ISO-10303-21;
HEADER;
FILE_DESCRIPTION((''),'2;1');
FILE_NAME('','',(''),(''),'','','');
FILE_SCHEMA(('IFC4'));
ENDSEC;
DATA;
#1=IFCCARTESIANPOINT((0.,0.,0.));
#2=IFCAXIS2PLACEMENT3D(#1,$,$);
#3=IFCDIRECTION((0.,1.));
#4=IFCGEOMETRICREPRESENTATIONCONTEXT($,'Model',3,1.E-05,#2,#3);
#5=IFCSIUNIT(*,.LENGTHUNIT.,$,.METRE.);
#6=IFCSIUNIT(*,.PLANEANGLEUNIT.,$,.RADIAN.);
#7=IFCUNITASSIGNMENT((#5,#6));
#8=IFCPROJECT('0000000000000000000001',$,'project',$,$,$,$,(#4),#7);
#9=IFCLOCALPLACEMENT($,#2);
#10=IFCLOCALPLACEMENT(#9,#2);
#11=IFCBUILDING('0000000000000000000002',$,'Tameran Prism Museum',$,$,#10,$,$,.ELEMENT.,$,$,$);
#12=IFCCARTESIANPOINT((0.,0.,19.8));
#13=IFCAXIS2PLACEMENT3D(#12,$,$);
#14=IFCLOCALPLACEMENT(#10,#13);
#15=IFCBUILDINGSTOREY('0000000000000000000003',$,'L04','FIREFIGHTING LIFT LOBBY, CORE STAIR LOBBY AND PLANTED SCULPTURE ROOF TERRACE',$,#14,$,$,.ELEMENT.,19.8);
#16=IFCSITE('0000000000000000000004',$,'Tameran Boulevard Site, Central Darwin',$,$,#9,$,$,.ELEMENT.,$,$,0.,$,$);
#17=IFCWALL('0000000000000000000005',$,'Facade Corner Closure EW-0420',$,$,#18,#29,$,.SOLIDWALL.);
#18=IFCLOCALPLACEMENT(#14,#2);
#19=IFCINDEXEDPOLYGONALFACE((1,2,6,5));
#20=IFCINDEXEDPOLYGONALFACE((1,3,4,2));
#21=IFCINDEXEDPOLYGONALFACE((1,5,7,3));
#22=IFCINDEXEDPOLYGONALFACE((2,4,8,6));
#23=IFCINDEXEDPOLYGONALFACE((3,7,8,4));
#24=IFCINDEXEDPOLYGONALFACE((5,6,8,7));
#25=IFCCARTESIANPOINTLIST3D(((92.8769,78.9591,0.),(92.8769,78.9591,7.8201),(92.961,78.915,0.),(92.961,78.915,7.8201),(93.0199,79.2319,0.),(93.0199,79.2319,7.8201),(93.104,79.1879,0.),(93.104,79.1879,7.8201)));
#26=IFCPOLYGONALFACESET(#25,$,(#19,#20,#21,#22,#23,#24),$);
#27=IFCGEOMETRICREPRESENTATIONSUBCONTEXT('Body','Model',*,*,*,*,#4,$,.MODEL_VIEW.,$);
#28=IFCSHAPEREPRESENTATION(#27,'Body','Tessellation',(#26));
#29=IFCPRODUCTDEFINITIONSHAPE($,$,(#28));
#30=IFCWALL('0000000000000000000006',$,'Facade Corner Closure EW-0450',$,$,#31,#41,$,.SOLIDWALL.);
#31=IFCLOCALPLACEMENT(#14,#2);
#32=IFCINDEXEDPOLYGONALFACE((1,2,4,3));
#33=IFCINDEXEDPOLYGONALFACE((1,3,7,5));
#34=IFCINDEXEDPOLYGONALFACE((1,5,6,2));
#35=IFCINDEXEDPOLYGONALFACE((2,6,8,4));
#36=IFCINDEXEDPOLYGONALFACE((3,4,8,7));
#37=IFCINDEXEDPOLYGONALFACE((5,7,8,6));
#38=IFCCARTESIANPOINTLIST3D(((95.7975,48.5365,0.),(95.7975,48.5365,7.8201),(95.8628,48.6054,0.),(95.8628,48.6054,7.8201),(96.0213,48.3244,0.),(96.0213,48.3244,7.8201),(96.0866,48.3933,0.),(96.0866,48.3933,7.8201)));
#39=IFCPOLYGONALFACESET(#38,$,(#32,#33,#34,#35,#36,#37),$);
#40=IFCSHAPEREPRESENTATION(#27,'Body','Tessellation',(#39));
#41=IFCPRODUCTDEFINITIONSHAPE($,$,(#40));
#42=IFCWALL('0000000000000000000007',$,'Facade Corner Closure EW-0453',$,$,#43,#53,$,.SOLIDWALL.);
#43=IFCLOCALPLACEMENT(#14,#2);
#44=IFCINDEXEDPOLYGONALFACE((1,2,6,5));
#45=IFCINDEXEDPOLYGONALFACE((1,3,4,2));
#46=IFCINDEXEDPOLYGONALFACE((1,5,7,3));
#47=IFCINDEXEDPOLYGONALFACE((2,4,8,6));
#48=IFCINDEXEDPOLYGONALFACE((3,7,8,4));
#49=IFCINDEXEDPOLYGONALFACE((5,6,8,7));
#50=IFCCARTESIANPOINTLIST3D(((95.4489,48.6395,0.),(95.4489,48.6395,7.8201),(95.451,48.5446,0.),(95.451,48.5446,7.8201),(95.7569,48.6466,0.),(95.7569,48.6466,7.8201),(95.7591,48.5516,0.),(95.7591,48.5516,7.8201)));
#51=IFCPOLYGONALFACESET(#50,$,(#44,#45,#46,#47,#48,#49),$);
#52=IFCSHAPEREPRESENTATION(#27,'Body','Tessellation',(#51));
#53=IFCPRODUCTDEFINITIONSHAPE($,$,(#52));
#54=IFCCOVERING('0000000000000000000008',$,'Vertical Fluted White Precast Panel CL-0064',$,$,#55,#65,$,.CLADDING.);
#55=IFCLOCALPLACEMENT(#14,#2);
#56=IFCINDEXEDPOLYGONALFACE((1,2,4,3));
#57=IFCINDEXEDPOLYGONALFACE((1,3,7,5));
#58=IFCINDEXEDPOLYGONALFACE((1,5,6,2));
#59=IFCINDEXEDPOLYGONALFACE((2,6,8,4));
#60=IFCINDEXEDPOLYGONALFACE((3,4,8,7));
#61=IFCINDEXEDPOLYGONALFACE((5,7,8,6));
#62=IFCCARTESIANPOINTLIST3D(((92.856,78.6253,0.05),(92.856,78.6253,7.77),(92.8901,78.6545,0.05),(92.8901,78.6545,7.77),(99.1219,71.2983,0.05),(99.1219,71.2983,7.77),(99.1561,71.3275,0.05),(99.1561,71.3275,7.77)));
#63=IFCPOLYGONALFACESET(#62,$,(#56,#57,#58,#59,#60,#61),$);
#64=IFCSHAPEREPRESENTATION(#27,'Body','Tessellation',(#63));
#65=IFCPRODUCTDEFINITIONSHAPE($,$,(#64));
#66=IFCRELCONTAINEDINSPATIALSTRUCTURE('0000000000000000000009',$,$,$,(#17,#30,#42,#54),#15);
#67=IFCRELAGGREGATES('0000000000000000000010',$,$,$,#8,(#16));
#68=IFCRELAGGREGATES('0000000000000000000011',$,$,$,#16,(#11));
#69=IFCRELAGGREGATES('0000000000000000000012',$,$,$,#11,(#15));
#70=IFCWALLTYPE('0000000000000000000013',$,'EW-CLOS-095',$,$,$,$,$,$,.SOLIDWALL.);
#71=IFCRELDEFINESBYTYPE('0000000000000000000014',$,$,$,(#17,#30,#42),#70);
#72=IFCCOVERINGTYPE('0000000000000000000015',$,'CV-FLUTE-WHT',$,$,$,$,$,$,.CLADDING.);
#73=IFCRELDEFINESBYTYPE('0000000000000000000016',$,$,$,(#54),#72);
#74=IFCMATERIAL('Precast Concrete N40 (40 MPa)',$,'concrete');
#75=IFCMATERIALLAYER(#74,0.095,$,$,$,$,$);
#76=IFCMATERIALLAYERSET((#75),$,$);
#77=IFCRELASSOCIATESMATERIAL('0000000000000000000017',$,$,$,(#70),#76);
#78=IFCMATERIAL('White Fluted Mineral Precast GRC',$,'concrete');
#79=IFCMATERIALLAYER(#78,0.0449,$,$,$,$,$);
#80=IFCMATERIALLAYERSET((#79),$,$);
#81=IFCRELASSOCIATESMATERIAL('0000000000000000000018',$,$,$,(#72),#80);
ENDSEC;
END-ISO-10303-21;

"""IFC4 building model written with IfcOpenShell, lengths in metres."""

from ifc_helpers import new_model, si_unit, direction, frame, frame_2d, origin, place, context, subcontext, project, spatial, rectangle, extrude, material, layer, layer_set, type_object, element, save


model = new_model("IFC4")

# Units and contexts
model_context = context("Model", 3, precision=1e-05, world=origin(), true_north=direction((0.0, 1.0)))
body_context = subcontext(model_context, "Body", "Model", "MODEL_VIEW")
ifc_project = project(units=[si_unit("LENGTHUNIT", "METRE"), si_unit("PLANEANGLEUNIT", "RADIAN")], contexts=[model_context])

# Site, building, storey
site_placement = place(None, origin())
site = spatial("IfcSite", under=ifc_project, at=site_placement, Name="Tameran Boulevard Site, Central Darwin", CompositionType="ELEMENT", RefElevation=0.0)
building_placement = place(site_placement, origin())
building = spatial("IfcBuilding", under=site, at=building_placement, Name="Tameran Prism Museum", CompositionType="ELEMENT")
storey_placement = place(building_placement, frame((0.0, 0.0, 19.8)))
storey = spatial("IfcBuildingStorey", under=building, at=storey_placement, Name="L04", Description="FIREFIGHTING LIFT LOBBY, CORE STAIR LOBBY AND PLANTED SCULPTURE ROOF TERRACE", CompositionType="ELEMENT", Elevation=19.8)

# Walls
ifc_material_1 = material(Name="Precast Concrete N40 (40 MPa)", Category="concrete")
ifc_layer_1 = layer(ifc_material_1, 0.095)
ifc_layer_set_1 = layer_set([ifc_layer_1])
wall_type = type_object("IfcWallType", Name="EW-CLOS-095", PredefinedType="SOLIDWALL", material=ifc_layer_set_1)
wall_1_placement = place(storey_placement, frame((92.9189, 78.937, 0.0), z_axis=(0.0, 0.0, 1.0), x_axis=(0.464244, 0.885707, 0.0)))
element("IfcWall", 1, at=wall_1_placement, inside=storey, type_object=wall_type, Name="Facade Corner Closure EW-0420", PredefinedType="SOLIDWALL", context=body_context, shape_type="SweptSolid", body=[
    extrude(rectangle(XDim=0.3081, YDim=0.095, at=frame_2d((0.1541, 0.0))), origin(), (0.0, 0.0, 1.0), 7.8201),
])
wall_2_placement = place(storey_placement, frame((95.8301, 48.571, 0.0), z_axis=(0.0, 0.0, 1.0), x_axis=(0.725849, -0.687854, 0.0)))
element("IfcWall", 2, at=wall_2_placement, inside=storey, type_object=wall_type, Name="Facade Corner Closure EW-0450", PredefinedType="SOLIDWALL", context=body_context, shape_type="SweptSolid", body=[
    extrude(rectangle(XDim=0.3083, YDim=0.095, at=frame_2d((0.1543, 0.0))), origin(), (0.0, 0.0, 1.0), 7.8201),
])
wall_3_placement = place(storey_placement, frame((95.45, 48.592, 0.0), z_axis=(0.0, 0.0, 1.0), x_axis=(0.999736, 0.022973, 0.0)))
element("IfcWall", 3, at=wall_3_placement, inside=storey, type_object=wall_type, Name="Facade Corner Closure EW-0453", PredefinedType="SOLIDWALL", context=body_context, shape_type="SweptSolid", body=[
    extrude(rectangle(XDim=0.3081, YDim=0.095, at=frame_2d((0.1541, 0.0))), origin(), (0.0, 0.0, 1.0), 7.8201),
])

# Covering
ifc_material_2 = material(Name="White Fluted Mineral Precast GRC", Category="concrete")
ifc_layer_2 = layer(ifc_material_2, 0.0449)
ifc_layer_set_2 = layer_set([ifc_layer_2])
covering_type = type_object("IfcCoveringType", Name="CV-FLUTE-WHT", PredefinedType="CLADDING", material=ifc_layer_set_2)
covering_placement = place(storey_placement, frame((99.1389, 71.313, 0.05), z_axis=(0.0, 0.0, 1.0), x_axis=(-0.649934, 0.759991, 0.0)))
element("IfcCovering", 4, at=covering_placement, inside=storey, type_object=covering_type, Name="Vertical Fluted White Precast Panel CL-0064", PredefinedType="CLADDING", context=body_context, shape_type="SweptSolid", body=[
    extrude(rectangle(XDim=9.6409, YDim=0.0449, at=frame_2d((4.8203, 0.0))), origin(), (0.0, 0.0, 1.0), 7.72),
])

save(model, "model.ifc")
